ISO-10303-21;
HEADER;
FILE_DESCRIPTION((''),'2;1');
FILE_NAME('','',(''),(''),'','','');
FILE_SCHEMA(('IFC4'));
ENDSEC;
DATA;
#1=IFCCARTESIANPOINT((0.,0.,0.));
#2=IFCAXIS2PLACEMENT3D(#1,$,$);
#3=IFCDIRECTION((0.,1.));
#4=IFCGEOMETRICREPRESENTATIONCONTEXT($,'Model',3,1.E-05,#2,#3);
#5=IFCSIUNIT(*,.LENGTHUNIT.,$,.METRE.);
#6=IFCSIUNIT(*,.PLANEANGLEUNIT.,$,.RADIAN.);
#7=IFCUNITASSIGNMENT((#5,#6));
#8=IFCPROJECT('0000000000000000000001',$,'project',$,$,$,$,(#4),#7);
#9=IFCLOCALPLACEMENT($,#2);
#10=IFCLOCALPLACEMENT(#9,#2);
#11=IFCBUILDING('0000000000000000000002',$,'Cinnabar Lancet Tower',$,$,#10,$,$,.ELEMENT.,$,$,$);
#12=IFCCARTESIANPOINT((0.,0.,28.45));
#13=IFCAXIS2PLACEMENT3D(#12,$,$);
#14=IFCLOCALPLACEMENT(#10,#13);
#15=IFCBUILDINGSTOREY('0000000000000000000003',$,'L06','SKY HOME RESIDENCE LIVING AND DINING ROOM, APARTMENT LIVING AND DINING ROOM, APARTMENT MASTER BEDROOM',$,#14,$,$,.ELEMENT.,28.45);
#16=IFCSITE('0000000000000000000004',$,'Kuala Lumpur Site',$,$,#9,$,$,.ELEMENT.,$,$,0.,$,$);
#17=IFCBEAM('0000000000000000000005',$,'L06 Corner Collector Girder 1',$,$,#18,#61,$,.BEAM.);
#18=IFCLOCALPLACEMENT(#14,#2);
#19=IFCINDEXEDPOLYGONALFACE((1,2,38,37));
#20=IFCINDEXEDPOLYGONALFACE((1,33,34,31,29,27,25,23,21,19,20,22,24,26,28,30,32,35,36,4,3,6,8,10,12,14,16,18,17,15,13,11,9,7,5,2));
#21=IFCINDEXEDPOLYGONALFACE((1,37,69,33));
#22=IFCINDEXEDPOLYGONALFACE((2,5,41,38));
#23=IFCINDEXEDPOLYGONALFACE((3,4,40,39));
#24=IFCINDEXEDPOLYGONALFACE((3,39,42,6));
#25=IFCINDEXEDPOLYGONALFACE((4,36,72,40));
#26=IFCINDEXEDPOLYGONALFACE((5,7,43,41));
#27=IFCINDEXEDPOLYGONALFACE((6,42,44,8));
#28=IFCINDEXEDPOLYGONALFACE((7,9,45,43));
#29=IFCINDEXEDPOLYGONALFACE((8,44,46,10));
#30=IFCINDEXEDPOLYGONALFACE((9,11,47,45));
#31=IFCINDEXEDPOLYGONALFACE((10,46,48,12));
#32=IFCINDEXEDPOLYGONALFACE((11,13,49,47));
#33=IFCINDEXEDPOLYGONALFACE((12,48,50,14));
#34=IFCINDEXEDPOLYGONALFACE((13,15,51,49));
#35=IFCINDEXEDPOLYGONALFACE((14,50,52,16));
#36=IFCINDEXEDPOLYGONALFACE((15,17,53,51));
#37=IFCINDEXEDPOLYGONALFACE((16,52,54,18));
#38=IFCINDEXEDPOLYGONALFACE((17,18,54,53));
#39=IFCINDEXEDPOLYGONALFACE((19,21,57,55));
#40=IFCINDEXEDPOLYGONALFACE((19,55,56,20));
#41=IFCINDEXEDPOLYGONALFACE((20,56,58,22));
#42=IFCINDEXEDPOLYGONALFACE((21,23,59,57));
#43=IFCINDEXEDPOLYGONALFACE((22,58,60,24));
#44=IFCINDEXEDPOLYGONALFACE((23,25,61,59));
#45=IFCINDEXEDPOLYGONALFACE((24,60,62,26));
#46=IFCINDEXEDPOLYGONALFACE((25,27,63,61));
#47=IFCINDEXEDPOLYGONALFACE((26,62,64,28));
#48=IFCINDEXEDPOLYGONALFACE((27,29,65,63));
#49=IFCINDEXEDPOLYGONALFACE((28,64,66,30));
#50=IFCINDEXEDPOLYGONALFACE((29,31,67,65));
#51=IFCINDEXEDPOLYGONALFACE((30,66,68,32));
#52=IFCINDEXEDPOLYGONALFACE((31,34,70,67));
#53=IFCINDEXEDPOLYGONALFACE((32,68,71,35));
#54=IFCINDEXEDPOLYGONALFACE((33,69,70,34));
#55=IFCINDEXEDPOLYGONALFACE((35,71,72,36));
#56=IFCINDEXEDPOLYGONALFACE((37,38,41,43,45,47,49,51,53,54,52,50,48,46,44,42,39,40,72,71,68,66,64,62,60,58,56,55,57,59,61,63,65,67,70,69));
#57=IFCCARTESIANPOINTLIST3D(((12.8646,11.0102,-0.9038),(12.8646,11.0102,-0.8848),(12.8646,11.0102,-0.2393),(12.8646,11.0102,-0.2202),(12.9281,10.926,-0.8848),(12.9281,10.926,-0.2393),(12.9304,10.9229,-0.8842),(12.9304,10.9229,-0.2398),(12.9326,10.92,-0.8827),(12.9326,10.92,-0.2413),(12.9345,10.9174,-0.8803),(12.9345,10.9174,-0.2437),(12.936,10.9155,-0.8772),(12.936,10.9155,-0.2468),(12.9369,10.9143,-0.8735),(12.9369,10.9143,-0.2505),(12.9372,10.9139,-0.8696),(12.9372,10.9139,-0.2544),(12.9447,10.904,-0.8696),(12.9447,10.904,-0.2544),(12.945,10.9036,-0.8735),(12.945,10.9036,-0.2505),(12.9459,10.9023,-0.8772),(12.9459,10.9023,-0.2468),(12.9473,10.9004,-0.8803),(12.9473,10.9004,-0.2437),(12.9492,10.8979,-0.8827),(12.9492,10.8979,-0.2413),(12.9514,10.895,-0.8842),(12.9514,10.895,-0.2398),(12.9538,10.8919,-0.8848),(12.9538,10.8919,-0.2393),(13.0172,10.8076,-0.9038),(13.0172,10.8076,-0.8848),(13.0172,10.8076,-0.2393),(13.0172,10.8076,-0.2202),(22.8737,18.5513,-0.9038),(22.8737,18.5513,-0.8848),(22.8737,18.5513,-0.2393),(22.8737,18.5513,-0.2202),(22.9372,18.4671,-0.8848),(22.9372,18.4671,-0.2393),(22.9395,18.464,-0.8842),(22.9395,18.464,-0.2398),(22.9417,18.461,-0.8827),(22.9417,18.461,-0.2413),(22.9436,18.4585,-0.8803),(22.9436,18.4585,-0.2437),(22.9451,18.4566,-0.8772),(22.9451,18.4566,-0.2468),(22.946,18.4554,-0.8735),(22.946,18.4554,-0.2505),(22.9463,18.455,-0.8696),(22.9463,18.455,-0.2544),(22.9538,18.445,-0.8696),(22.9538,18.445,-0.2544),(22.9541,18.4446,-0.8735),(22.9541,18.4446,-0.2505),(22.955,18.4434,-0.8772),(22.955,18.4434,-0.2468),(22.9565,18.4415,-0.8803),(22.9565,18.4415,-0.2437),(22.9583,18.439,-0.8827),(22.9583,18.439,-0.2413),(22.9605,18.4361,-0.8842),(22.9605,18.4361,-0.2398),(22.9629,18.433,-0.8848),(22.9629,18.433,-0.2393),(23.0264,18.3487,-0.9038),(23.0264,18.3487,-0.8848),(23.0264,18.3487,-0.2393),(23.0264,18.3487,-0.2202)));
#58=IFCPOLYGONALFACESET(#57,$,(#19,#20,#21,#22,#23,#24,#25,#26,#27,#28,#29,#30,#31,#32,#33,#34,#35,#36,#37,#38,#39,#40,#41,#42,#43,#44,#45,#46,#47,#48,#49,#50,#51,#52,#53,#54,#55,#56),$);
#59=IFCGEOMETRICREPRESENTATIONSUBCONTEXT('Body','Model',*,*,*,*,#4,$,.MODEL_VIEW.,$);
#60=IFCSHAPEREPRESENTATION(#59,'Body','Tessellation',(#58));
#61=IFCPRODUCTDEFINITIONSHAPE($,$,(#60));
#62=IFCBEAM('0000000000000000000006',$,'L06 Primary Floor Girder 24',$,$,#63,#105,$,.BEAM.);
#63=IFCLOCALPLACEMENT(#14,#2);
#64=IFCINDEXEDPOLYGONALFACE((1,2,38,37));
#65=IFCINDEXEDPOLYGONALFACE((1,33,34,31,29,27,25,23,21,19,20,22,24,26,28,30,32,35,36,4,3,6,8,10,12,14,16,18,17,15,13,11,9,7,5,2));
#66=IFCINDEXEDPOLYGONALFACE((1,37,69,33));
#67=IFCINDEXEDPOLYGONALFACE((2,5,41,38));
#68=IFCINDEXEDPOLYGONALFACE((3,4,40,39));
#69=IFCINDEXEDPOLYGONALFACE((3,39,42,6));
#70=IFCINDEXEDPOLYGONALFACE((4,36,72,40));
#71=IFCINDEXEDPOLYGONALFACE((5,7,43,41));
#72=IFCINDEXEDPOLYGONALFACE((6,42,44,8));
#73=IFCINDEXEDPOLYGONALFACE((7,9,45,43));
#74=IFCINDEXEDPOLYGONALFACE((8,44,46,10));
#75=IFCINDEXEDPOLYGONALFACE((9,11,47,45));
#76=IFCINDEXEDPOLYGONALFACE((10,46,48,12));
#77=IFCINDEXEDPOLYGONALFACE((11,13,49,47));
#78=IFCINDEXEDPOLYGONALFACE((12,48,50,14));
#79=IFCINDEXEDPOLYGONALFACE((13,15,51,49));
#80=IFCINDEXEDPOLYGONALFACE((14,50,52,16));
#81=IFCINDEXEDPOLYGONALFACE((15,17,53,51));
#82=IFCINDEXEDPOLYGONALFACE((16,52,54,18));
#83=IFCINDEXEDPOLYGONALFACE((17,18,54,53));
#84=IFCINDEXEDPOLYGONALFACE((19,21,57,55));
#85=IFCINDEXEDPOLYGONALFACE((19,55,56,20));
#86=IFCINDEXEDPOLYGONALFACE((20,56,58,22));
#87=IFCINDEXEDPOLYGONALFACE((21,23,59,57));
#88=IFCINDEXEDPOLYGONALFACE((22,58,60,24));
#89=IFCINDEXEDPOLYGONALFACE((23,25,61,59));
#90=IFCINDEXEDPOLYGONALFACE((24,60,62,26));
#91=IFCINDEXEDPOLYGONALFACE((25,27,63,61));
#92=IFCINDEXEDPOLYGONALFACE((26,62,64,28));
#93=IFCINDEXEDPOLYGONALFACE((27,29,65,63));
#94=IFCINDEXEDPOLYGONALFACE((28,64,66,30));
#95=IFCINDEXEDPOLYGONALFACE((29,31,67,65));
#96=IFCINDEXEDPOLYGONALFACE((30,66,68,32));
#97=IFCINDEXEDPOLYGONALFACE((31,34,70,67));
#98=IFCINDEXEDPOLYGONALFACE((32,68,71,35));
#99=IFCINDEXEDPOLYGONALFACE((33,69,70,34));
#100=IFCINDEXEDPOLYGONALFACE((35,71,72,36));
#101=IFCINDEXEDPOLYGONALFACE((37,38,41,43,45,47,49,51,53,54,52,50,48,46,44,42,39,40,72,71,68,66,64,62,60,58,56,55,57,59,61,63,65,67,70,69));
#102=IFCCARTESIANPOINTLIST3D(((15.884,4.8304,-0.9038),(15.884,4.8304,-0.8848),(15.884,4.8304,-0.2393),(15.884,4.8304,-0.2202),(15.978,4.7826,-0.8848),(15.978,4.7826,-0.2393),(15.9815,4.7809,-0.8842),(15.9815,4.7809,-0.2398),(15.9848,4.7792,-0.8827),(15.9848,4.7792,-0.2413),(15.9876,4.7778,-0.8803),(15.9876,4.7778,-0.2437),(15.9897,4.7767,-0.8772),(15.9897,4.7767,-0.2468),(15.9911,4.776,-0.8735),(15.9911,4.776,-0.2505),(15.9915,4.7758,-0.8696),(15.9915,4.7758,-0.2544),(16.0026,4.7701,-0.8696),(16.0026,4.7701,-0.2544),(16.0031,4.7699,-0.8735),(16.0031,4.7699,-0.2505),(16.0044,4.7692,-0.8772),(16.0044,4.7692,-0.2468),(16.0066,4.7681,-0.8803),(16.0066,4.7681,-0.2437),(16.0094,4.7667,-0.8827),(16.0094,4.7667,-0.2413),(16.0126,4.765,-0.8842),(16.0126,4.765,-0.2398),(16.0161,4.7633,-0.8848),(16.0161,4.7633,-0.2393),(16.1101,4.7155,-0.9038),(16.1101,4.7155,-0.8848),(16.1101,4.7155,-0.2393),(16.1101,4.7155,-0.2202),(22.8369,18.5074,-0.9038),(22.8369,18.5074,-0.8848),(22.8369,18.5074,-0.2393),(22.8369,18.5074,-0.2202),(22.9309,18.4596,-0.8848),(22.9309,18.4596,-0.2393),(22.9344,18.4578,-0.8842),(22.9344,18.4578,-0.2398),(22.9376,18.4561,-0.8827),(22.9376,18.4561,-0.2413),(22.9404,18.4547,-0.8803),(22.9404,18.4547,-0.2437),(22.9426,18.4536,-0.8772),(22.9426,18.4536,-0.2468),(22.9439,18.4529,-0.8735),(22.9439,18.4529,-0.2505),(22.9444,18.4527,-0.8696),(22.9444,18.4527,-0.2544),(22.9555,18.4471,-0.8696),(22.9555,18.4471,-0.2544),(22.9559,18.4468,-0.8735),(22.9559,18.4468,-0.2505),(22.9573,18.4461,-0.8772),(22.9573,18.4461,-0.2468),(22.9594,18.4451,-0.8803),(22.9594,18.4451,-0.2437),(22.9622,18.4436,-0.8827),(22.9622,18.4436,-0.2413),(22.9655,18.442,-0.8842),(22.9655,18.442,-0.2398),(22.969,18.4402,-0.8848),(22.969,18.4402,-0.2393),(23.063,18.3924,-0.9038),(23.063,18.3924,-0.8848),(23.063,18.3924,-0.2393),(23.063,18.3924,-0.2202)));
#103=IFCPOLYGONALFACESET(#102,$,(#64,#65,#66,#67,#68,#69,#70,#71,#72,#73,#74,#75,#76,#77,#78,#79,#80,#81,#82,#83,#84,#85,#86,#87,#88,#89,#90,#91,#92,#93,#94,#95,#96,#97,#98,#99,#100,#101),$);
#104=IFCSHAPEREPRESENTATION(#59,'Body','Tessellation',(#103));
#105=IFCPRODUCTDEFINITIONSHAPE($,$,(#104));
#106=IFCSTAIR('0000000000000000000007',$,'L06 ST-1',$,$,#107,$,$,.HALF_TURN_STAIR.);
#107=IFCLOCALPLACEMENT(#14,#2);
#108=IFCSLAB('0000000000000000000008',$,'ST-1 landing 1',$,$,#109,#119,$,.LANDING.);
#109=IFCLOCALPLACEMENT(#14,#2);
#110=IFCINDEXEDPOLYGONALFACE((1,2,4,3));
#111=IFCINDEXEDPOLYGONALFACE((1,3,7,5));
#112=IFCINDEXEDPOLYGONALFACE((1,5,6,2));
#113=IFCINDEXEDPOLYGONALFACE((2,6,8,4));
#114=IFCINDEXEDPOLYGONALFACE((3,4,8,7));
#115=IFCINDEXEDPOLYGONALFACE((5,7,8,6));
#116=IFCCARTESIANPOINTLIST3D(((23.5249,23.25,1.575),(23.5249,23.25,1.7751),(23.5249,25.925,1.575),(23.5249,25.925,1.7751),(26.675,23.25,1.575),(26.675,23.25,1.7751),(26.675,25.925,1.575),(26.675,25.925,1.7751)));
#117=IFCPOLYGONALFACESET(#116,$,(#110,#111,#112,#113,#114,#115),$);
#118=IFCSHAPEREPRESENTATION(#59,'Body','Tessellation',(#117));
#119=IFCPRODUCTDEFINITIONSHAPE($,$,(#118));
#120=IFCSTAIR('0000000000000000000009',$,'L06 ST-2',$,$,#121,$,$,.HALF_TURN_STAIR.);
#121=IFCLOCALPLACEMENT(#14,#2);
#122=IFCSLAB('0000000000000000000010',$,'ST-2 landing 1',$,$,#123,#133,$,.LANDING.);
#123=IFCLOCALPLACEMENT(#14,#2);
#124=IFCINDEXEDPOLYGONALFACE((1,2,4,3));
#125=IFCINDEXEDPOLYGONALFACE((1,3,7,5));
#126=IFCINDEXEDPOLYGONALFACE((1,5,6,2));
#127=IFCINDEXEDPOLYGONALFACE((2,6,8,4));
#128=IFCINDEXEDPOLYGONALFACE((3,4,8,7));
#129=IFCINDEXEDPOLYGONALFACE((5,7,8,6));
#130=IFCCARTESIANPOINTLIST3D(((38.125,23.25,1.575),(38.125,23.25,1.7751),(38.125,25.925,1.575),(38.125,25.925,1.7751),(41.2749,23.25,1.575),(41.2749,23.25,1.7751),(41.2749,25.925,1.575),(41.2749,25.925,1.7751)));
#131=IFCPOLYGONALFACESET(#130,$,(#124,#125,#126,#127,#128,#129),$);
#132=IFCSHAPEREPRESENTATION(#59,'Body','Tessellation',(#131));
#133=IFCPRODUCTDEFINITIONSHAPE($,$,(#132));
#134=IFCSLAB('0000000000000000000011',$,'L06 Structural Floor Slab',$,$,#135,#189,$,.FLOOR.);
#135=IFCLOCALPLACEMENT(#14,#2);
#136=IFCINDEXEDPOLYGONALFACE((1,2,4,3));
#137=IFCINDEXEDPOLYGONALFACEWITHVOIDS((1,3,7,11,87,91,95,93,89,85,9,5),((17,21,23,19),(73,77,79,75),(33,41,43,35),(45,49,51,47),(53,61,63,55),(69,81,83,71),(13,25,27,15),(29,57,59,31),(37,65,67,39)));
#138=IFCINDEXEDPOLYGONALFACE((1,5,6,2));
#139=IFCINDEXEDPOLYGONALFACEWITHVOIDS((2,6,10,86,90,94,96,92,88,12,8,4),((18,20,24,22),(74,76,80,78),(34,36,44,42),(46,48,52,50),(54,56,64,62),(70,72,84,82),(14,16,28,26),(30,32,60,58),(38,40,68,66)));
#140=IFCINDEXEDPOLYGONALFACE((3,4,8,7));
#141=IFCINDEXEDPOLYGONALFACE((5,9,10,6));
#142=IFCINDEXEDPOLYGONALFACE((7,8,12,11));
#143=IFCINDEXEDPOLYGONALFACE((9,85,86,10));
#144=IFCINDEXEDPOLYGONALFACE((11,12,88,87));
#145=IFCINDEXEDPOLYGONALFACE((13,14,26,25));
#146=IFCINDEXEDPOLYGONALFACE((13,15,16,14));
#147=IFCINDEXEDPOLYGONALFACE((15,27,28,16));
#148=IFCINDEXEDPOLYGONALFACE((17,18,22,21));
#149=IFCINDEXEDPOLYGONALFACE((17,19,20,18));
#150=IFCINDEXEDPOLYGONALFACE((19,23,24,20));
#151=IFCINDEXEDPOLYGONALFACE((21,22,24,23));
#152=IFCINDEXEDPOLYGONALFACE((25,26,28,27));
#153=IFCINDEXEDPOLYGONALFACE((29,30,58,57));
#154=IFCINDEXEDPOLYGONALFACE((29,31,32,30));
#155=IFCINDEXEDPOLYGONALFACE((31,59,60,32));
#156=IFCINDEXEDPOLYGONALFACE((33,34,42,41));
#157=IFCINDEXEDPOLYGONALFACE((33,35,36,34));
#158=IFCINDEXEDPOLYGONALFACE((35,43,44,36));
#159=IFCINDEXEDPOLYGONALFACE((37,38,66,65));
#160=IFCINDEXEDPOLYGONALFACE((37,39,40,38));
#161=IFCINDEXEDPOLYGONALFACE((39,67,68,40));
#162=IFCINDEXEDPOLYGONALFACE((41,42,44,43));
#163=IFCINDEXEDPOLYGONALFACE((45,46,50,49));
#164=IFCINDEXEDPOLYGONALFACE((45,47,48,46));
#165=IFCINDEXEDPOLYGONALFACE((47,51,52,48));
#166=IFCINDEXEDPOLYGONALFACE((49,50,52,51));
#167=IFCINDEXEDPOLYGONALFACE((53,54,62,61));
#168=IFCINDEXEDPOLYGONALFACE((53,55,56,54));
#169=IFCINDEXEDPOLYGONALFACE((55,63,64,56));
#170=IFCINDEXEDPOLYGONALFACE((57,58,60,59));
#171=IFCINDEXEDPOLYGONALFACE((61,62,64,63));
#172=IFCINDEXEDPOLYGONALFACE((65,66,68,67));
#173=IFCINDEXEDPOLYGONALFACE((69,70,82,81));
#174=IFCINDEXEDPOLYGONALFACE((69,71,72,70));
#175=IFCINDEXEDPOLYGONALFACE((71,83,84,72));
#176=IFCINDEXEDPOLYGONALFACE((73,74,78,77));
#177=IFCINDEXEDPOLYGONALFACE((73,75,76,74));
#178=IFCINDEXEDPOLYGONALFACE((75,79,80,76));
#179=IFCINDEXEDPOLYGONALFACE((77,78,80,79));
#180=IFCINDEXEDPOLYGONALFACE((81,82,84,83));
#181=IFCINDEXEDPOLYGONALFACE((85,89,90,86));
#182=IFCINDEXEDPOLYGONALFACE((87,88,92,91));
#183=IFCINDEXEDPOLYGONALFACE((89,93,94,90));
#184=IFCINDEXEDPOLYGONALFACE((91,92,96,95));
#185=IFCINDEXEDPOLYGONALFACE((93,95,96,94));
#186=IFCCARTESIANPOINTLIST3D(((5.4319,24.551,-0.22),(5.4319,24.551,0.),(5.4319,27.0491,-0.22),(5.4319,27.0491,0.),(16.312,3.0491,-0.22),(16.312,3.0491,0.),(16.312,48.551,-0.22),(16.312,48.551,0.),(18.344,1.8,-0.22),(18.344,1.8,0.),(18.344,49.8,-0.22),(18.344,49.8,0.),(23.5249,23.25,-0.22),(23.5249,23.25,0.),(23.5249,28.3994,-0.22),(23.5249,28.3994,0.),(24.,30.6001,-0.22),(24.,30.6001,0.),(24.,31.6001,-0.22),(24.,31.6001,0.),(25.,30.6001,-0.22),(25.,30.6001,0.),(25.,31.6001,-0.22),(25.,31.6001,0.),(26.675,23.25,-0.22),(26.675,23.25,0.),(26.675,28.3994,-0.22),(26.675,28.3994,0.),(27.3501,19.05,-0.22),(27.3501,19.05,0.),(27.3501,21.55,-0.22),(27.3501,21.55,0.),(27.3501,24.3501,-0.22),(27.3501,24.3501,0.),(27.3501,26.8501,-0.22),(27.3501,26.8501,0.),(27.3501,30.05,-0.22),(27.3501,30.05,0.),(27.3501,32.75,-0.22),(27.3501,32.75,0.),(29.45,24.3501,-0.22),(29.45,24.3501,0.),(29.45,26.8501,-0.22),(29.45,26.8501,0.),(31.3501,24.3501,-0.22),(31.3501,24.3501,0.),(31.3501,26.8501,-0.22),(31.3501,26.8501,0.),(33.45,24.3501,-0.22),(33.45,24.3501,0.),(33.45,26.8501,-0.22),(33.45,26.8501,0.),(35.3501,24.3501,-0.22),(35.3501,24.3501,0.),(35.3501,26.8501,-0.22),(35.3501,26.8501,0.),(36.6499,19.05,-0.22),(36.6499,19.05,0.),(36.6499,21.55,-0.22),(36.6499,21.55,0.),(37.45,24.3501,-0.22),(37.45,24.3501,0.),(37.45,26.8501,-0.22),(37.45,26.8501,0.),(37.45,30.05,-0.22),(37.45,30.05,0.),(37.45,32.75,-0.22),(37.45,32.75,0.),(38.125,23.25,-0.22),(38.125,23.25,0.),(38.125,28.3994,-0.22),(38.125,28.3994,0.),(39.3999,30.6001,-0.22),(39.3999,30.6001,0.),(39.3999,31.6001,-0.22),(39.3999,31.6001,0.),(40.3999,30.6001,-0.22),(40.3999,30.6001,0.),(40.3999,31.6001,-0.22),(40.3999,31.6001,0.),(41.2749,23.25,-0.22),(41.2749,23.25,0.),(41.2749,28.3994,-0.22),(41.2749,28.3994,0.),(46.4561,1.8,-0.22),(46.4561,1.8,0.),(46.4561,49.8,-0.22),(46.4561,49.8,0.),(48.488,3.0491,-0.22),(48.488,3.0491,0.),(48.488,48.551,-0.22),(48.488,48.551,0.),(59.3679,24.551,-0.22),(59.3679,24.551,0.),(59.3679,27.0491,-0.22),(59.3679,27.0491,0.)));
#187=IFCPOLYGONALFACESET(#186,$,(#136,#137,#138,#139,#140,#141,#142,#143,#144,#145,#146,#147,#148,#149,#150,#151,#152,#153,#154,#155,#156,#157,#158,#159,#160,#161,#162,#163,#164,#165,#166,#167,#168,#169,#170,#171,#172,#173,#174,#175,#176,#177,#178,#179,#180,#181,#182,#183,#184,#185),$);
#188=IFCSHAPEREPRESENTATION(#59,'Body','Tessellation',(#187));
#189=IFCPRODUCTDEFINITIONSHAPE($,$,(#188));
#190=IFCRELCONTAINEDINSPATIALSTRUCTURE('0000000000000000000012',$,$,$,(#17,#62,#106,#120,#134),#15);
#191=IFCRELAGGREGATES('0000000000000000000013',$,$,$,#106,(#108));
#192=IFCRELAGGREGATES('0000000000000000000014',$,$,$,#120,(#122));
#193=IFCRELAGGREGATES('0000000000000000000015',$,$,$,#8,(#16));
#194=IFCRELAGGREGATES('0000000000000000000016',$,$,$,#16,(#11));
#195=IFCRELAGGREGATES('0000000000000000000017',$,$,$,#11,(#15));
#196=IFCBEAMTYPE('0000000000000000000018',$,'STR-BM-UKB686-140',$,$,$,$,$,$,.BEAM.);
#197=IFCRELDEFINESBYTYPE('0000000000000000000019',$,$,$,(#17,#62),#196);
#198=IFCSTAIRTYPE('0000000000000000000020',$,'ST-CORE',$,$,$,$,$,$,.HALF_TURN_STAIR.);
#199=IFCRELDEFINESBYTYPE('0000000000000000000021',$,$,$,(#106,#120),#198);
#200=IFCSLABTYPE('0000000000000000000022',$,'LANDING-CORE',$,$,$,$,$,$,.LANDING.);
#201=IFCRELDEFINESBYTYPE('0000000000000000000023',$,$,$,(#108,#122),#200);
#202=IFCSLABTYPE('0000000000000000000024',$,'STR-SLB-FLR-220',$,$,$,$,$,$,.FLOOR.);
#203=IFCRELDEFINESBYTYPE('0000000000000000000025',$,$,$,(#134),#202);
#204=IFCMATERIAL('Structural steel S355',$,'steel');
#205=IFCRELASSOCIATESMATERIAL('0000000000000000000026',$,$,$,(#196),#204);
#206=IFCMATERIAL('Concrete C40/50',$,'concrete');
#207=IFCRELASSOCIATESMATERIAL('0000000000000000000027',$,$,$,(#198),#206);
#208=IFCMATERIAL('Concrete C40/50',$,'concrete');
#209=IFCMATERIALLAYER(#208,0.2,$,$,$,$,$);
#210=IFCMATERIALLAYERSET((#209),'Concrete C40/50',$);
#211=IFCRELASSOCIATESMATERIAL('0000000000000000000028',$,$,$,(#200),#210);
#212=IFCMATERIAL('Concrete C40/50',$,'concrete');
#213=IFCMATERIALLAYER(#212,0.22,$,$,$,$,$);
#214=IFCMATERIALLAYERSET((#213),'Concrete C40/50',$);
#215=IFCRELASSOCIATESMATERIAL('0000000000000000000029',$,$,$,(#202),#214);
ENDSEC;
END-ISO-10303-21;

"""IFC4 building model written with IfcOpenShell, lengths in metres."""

from ifc_helpers import new_model, si_unit, direction, frame, origin, origin_2d, place, context, subcontext, project, spatial, polyline, i_section, outline, extrude, material, layer, layer_set, material_profile, profile_set, type_object, element, aggregate, save


model = new_model("IFC4")

# Units and contexts
model_context = context("Model", 3, precision=1e-05, world=origin(), true_north=direction((0.0, 1.0)))
body_context = subcontext(model_context, "Body", "Model", "MODEL_VIEW")
ifc_project = project(units=[si_unit("LENGTHUNIT", "METRE"), si_unit("PLANEANGLEUNIT", "RADIAN")], contexts=[model_context])

# Site, building, storey
site_placement = place(None, origin())
site = spatial("IfcSite", under=ifc_project, at=site_placement, Name="Kuala Lumpur Site", CompositionType="ELEMENT", RefElevation=0.0)
building_placement = place(site_placement, origin())
building = spatial("IfcBuilding", under=site, at=building_placement, Name="Cinnabar Lancet Tower", CompositionType="ELEMENT")
storey_placement = place(building_placement, frame((0.0, 0.0, 28.45)))
storey = spatial("IfcBuildingStorey", under=building, at=storey_placement, Name="L06", Description="SKY HOME RESIDENCE LIVING AND DINING ROOM, APARTMENT LIVING AND DINING ROOM, APARTMENT MASTER BEDROOM", CompositionType="ELEMENT", Elevation=28.45)

# Beams
ifc_material_1 = material(Name="Structural steel S355", Category="steel")
ifc_material_profile_1 = material_profile(ifc_material_1, i_section(OverallWidth=0.2537, OverallDepth=0.6836, WebThickness=0.0125, FlangeThickness=0.019, FilletRadius=0.0151, at=origin_2d()), Name="UKB 686x254x140")
ifc_profile_set_1 = profile_set([ifc_material_profile_1], Name="Structural steel S355")
beam_type_1 = type_object("IfcBeamType", Name="STR-BM-UKB686-140", PredefinedType="BEAM", material=ifc_profile_set_1)
beam_1_placement = place(storey_placement, frame((12.9409, 10.9089, -0.562), z_axis=(0.798687, 0.601747, 0.0), x_axis=(-0.601747, 0.798687, 0.0)))
element("IfcBeam", 1, at=beam_1_placement, inside=storey, type_object=beam_type_1, Name="L06 Corner Collector Girder 1", PredefinedType="BEAM", context=body_context, shape_type="SweptSolid", body=[
    extrude(i_section(OverallWidth=0.2537, OverallDepth=0.6836, WebThickness=0.0125, FlangeThickness=0.019, FilletRadius=0.0151, at=origin_2d()), origin(), (0.0, 0.0, 1.0), 12.532),
])
beam_2_placement = place(storey_placement, frame((15.9971, 4.7729, -0.562), z_axis=(0.453168, 0.891425, 0.0), x_axis=(-0.891425, 0.453168, 0.0)))
element("IfcBeam", 2, at=beam_2_placement, inside=storey, type_object=beam_type_1, Name="L06 Primary Floor Girder 24", PredefinedType="BEAM", context=body_context, shape_type="SweptSolid", body=[
    extrude(i_section(OverallWidth=0.2537, OverallDepth=0.6836, WebThickness=0.0125, FlangeThickness=0.019, FilletRadius=0.0151, at=origin_2d()), origin(), (0.0, 0.0, 1.0), 15.3428),
])

# Stairs, slabs
ifc_material_2 = material(Name="Concrete C40/50", Category="concrete")
stair_type = type_object("IfcStairType", Name="ST-CORE", PredefinedType="HALF_TURN_STAIR", material=ifc_material_2)
stair_1_placement = place(storey_placement, origin())
stair_1 = element("IfcStair", 3, at=stair_1_placement, inside=storey, type_object=stair_type, Name="L06 ST-1", PredefinedType="HALF_TURN_STAIR")
ifc_material_3 = material(Name="Concrete C40/50", Category="concrete")
ifc_layer_1 = layer(ifc_material_3, 0.2)
ifc_layer_set_1 = layer_set([ifc_layer_1], Name="Concrete C40/50")
slab_type_1 = type_object("IfcSlabType", Name="LANDING-CORE", PredefinedType="LANDING", material=ifc_layer_set_1)
slab_1_placement = place(storey_placement, frame((0.0, 0.0, 1.575)))
slab_1 = element("IfcSlab", 4, at=slab_1_placement, type_object=slab_type_1, Name="ST-1 landing 1", PredefinedType="LANDING", context=body_context, shape_type="SweptSolid", body=[
    extrude(outline(polyline([(23.5249, 25.925), (23.5249, 23.25), (26.675, 23.25), (26.675, 25.925), (23.5249, 25.925)])), origin(), (0.0, 0.0, 1.0), 0.2002),
])
aggregate(stair_1, [slab_1])
stair_2_placement = place(storey_placement, origin())
stair_2 = element("IfcStair", 5, at=stair_2_placement, inside=storey, type_object=stair_type, Name="L06 ST-2", PredefinedType="HALF_TURN_STAIR")
slab_2_placement = place(storey_placement, frame((0.0, 0.0, 1.575)))
slab_2 = element("IfcSlab", 6, at=slab_2_placement, type_object=slab_type_1, Name="ST-2 landing 1", PredefinedType="LANDING", context=body_context, shape_type="SweptSolid", body=[
    extrude(outline(polyline([(38.125, 25.925), (38.125, 23.25), (41.2749, 23.25), (41.2749, 25.925), (38.125, 25.925)])), origin(), (0.0, 0.0, 1.0), 0.2002),
])
aggregate(stair_2, [slab_2])

# Slab
ifc_material_4 = material(Name="Concrete C40/50", Category="concrete")
ifc_layer_2 = layer(ifc_material_4, 0.22)
ifc_layer_set_2 = layer_set([ifc_layer_2], Name="Concrete C40/50")
slab_type_2 = type_object("IfcSlabType", Name="STR-SLB-FLR-220", PredefinedType="FLOOR", material=ifc_layer_set_2)
slab_3_placement = place(storey_placement, frame((0.0, 0.0, -0.22)))
element("IfcSlab", 7, at=slab_3_placement, inside=storey, type_object=slab_type_2, Name="L06 Structural Floor Slab", PredefinedType="FLOOR", context=body_context, shape_type="SweptSolid", body=[
    extrude(outline(polyline([(16.312, 3.0491), (18.344, 1.8), (46.4561, 1.8), (48.488, 3.0491), (59.3679, 24.551), (59.3679, 27.0491), (48.488, 48.551), (46.4561, 49.8), (18.344, 49.8), (16.312, 48.551), (5.4319, 27.0491), (5.4319, 24.551), (16.312, 3.0491)]), holes=[polyline([(23.5249, 23.25), (26.675, 23.25), (26.675, 28.3994), (23.5249, 28.3994), (23.5249, 23.25)]), polyline([(38.125, 23.25), (41.2749, 23.25), (41.2749, 28.3994), (38.125, 28.3994), (38.125, 23.25)]), polyline([(27.3501, 30.05), (37.45, 30.05), (37.45, 32.75), (27.3501, 32.75), (27.3501, 30.05)]), polyline([(27.3501, 19.05), (36.6499, 19.05), (36.6499, 21.55), (27.3501, 21.55), (27.3501, 19.05)]), polyline([(27.3501, 24.3501), (29.45, 24.3501), (29.45, 26.8501), (27.3501, 26.8501), (27.3501, 24.3501)]), polyline([(35.3501, 24.3501), (37.45, 24.3501), (37.45, 26.8501), (35.3501, 26.8501), (35.3501, 24.3501)]), polyline([(31.3501, 24.3501), (33.45, 24.3501), (33.45, 26.8501), (31.3501, 26.8501), (31.3501, 24.3501)]), polyline([(24.0, 30.6001), (25.0, 30.6001), (25.0, 31.6001), (24.0, 31.6001), (24.0, 30.6001)]), polyline([(39.3999, 30.6001), (40.3999, 30.6001), (40.3999, 31.6001), (39.3999, 31.6001), (39.3999, 30.6001)])]), origin(), (0.0, 0.0, 1.0), 0.22),
])

save(model, "model.ifc")
